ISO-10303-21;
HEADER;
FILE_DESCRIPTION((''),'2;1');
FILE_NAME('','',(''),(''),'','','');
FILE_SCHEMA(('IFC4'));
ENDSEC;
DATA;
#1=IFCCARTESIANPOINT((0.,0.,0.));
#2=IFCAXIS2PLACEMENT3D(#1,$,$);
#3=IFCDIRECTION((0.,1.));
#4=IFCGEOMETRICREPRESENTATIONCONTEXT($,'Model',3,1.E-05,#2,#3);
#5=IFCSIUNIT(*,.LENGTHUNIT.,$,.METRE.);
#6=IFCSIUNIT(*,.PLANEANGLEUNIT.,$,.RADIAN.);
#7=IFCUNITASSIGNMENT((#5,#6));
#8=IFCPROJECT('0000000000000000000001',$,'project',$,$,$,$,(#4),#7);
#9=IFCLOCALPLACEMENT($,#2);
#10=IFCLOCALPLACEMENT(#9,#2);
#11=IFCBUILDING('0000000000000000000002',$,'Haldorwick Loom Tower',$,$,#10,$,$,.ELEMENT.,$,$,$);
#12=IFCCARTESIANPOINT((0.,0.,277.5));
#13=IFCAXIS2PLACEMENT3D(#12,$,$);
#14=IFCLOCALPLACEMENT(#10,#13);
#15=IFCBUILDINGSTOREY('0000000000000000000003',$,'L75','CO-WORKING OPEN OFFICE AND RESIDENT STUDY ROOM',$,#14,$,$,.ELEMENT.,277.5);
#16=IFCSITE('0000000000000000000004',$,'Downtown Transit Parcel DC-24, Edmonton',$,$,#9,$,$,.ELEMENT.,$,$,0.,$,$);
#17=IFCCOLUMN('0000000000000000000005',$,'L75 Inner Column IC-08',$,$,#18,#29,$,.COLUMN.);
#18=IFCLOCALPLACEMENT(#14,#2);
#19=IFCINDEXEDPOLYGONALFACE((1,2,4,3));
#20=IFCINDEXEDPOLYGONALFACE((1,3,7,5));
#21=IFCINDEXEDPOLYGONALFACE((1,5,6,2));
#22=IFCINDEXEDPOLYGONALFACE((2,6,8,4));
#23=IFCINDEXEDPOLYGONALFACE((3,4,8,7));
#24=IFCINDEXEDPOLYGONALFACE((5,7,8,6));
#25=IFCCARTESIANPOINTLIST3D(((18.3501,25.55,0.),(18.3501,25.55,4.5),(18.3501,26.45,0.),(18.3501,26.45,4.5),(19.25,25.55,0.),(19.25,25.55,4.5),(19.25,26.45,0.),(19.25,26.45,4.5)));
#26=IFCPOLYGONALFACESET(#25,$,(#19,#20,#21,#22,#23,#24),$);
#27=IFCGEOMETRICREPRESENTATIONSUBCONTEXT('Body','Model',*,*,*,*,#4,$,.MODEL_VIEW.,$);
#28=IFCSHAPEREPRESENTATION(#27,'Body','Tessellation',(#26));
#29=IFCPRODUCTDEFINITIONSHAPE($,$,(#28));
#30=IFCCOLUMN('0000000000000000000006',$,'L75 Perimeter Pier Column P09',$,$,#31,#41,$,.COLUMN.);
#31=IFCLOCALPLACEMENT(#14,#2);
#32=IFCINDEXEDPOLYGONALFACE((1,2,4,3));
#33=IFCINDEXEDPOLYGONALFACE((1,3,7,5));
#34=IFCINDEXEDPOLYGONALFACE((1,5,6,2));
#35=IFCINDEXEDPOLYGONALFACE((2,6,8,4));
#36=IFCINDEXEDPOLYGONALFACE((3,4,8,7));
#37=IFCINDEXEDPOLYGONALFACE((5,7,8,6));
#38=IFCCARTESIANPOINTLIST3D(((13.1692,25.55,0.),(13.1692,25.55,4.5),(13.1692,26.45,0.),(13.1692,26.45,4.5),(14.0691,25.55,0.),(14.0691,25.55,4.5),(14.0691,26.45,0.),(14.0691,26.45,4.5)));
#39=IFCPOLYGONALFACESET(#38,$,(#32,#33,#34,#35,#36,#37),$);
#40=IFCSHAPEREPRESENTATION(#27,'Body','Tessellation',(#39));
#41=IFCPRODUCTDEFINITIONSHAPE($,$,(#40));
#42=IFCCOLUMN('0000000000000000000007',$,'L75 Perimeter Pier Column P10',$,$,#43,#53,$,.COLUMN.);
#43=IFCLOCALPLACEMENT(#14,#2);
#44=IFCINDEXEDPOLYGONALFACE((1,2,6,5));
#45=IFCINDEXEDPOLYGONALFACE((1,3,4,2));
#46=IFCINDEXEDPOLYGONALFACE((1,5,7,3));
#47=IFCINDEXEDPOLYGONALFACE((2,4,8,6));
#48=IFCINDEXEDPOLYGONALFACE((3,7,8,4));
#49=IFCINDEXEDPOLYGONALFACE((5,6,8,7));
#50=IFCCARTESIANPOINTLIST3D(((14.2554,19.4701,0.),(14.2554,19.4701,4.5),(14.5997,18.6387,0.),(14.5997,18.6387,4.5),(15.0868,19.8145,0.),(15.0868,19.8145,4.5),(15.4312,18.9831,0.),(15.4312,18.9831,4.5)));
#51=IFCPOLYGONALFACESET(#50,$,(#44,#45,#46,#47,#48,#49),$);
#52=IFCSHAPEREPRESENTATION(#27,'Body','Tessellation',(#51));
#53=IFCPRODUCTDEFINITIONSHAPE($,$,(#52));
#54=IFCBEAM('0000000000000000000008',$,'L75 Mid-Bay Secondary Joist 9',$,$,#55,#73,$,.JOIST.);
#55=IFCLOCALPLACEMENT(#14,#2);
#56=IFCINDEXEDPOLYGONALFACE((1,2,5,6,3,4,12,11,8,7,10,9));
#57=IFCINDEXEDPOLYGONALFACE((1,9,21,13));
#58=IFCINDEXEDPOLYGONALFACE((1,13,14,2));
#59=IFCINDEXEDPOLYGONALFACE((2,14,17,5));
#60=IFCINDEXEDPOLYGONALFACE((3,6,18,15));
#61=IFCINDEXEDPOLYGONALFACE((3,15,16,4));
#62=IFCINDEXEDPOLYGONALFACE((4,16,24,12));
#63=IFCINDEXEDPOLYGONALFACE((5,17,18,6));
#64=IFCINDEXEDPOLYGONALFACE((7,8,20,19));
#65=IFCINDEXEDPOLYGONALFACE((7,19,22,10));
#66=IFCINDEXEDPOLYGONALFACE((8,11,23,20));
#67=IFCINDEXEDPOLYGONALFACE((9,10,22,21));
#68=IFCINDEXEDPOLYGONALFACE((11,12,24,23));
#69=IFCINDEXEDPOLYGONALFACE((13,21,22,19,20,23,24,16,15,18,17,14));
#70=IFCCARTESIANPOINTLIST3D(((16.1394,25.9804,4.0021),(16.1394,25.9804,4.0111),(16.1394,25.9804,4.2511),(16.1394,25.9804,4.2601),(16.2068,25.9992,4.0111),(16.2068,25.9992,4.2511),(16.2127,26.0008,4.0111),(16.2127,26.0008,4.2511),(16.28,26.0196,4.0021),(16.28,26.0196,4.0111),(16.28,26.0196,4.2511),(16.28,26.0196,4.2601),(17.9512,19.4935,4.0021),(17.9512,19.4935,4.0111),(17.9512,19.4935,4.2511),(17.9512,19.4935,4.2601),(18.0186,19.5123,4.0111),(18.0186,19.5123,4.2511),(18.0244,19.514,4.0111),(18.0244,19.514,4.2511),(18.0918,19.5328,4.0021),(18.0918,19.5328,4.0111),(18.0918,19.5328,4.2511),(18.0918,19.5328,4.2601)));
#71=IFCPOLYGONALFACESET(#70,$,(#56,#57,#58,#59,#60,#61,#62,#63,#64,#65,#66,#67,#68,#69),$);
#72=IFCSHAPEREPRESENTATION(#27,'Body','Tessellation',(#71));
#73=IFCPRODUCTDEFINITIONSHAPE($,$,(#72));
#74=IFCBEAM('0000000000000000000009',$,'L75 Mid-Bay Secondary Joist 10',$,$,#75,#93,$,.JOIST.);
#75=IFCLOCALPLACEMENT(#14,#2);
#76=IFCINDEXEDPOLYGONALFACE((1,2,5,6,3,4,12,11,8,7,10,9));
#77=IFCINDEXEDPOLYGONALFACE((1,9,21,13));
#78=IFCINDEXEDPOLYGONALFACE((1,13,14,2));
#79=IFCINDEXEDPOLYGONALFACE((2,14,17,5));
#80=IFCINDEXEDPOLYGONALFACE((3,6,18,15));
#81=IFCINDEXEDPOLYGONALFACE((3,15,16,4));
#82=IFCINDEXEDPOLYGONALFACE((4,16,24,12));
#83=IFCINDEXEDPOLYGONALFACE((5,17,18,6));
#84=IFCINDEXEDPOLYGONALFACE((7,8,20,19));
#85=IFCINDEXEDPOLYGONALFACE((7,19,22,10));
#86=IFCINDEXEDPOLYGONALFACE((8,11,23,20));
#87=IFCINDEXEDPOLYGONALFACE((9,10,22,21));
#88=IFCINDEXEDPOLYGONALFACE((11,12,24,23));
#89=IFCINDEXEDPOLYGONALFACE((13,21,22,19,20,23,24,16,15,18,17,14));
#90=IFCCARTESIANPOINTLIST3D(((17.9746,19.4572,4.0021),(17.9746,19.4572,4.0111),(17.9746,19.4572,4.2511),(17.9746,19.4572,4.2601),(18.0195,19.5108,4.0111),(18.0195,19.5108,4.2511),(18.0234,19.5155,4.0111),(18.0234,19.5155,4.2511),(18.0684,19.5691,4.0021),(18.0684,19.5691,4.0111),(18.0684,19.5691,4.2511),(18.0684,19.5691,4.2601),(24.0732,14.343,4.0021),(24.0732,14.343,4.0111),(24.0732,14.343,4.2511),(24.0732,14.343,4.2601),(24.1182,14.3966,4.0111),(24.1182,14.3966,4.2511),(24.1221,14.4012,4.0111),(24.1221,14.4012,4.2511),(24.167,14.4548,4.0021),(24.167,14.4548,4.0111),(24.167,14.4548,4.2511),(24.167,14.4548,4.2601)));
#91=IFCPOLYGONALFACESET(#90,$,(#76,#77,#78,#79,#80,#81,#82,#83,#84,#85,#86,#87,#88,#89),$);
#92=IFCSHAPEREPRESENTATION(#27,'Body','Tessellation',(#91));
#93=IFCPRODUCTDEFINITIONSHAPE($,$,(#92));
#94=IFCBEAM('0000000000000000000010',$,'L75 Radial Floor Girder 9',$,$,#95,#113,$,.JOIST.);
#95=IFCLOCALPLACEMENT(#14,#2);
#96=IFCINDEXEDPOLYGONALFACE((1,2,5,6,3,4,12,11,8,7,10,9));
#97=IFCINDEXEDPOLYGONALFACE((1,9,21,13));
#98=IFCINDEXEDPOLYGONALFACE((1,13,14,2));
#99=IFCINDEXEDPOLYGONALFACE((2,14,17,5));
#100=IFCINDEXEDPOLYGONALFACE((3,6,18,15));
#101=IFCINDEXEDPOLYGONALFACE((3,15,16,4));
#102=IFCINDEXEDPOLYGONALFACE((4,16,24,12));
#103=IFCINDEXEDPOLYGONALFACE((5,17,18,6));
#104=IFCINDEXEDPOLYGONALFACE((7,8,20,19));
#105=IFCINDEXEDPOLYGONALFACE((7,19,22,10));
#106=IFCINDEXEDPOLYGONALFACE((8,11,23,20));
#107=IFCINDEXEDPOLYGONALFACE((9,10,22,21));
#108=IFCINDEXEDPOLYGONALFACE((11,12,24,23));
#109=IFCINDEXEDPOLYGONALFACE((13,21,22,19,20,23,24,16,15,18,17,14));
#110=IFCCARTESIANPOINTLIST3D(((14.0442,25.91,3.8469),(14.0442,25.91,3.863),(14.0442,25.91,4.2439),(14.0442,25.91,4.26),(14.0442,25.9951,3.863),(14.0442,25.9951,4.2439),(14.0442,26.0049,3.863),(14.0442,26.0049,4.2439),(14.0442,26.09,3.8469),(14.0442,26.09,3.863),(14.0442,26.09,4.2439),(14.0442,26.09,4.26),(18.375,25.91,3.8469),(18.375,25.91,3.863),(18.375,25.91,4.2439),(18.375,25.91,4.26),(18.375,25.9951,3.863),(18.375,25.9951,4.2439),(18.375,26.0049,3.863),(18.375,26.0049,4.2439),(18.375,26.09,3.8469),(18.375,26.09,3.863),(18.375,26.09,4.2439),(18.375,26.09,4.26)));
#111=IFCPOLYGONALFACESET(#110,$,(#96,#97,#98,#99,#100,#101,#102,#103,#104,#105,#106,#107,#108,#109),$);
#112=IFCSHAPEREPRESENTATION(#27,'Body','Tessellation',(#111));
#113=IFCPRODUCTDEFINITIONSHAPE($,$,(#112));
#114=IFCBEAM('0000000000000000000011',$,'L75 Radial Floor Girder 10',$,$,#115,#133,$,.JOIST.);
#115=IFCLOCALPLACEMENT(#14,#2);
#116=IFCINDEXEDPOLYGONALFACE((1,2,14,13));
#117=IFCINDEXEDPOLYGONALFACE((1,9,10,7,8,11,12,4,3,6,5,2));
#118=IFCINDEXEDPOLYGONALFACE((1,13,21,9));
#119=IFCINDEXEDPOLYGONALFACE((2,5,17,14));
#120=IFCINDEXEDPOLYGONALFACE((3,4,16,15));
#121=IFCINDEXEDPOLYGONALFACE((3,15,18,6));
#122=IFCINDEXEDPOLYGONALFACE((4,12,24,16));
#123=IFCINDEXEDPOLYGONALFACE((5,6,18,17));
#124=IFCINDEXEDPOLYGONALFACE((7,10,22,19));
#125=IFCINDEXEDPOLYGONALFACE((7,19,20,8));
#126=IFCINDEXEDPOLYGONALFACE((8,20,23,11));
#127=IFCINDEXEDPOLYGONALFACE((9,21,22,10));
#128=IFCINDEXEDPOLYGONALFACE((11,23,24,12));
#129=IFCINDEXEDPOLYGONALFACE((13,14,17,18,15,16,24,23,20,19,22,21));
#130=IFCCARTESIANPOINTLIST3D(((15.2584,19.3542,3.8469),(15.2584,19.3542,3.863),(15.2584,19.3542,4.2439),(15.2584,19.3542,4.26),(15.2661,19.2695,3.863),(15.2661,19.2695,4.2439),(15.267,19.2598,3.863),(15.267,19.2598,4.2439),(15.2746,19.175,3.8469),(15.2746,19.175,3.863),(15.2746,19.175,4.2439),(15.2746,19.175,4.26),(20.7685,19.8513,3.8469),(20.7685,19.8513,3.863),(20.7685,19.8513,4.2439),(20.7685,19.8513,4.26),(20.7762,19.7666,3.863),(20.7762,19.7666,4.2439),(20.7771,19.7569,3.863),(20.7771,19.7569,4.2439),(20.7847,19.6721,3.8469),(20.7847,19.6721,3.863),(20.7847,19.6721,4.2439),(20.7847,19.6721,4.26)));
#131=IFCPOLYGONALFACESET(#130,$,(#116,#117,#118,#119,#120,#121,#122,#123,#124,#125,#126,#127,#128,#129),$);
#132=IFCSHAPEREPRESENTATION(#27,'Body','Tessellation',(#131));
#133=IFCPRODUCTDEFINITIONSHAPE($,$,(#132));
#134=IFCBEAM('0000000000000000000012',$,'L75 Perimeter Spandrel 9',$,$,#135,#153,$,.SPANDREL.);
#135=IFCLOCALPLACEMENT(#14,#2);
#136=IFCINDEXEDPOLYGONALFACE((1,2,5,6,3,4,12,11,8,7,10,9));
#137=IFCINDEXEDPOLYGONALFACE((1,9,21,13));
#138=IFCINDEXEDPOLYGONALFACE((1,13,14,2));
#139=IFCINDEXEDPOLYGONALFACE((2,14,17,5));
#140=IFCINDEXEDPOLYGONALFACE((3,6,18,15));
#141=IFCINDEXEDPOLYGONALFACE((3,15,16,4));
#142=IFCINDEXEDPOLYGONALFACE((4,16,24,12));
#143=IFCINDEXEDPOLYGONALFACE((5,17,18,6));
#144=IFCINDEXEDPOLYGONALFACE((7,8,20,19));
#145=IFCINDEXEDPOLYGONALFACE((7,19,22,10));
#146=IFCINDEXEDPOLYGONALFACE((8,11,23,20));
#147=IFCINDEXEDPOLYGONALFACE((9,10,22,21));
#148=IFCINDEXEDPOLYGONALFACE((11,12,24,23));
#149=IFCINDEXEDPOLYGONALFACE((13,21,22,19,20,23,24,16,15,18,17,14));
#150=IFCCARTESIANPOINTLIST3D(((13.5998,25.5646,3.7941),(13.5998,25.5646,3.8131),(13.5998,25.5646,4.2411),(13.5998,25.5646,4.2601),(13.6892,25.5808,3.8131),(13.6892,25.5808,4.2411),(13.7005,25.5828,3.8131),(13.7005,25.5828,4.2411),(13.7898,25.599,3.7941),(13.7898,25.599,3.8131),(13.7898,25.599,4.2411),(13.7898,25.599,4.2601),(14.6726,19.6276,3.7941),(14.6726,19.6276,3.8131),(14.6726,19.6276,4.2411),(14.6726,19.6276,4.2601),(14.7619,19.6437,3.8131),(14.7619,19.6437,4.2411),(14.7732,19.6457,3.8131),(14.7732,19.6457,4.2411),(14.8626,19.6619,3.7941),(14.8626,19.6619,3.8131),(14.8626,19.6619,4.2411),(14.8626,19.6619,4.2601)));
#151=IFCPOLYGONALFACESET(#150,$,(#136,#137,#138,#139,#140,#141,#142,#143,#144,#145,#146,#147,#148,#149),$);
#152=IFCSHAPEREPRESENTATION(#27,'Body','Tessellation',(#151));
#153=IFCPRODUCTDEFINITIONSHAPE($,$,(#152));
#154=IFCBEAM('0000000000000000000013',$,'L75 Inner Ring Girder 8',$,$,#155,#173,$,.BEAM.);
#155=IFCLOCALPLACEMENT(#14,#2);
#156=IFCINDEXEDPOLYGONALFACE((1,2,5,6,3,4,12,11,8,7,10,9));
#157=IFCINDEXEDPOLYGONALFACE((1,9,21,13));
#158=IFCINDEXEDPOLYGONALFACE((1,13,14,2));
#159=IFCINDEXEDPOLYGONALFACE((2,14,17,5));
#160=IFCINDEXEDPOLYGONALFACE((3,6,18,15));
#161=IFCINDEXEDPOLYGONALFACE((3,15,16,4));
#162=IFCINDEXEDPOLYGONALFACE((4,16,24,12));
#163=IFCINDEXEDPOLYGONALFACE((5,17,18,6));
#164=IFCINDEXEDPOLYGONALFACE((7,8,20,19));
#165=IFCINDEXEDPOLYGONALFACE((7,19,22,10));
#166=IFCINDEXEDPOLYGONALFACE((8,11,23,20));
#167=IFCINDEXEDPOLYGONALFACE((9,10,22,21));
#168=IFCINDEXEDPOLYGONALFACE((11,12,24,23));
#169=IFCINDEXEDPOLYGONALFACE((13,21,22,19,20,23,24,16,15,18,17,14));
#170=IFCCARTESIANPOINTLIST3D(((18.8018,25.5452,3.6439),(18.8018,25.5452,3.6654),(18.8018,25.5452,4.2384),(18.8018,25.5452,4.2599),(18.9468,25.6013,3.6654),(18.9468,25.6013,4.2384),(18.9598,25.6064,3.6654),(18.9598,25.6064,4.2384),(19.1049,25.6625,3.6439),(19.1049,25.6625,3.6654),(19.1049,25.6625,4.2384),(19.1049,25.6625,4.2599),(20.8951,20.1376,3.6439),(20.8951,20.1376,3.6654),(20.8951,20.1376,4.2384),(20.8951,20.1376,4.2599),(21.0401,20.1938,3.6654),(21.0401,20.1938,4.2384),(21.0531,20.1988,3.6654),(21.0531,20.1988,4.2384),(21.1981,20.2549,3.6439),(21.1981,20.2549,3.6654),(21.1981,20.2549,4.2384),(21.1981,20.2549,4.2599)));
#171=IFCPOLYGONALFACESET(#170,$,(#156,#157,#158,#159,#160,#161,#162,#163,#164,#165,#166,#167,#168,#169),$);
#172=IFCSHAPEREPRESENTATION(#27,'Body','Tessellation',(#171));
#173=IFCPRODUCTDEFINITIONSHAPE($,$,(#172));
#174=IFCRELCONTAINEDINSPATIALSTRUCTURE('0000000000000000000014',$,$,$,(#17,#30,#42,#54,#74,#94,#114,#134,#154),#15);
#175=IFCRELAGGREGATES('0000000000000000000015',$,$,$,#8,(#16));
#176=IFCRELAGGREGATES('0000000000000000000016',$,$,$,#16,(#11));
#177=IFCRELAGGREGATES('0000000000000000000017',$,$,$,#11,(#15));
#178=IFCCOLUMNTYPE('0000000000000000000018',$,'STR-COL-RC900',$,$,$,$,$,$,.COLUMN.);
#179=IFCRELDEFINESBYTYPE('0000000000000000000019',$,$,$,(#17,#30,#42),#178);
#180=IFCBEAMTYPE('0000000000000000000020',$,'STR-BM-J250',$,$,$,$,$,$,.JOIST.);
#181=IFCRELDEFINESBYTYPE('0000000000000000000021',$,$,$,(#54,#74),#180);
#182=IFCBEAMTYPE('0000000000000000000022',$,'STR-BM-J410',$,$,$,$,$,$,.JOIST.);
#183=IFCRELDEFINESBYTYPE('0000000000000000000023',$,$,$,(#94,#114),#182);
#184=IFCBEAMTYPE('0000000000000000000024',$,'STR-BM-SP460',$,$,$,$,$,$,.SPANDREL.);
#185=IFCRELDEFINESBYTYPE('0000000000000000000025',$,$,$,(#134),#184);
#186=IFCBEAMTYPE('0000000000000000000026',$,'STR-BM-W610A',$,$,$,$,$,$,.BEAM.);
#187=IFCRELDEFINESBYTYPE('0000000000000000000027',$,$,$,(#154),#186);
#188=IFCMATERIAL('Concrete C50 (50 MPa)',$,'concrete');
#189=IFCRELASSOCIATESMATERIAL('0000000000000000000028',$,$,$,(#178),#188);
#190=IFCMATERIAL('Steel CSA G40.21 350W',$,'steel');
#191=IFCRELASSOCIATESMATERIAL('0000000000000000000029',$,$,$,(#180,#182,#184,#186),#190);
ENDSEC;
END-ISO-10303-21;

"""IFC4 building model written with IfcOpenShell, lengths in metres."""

from ifc_helpers import new_model, si_unit, direction, frame, origin, origin_2d, place, context, subcontext, project, spatial, rectangle, i_section, extrude, material, material_profile, profile_set, type_object, element, save


model = new_model("IFC4")

# Units and contexts
model_context = context("Model", 3, precision=1e-05, world=origin(), true_north=direction((0.0, 1.0)))
body_context = subcontext(model_context, "Body", "Model", "MODEL_VIEW")
ifc_project = project(units=[si_unit("LENGTHUNIT", "METRE"), si_unit("PLANEANGLEUNIT", "RADIAN")], contexts=[model_context])

# Site, building, storey
site_placement = place(None, origin())
site = spatial("IfcSite", under=ifc_project, at=site_placement, Name="Downtown Transit Parcel DC-24, Edmonton", CompositionType="ELEMENT", RefElevation=0.0)
building_placement = place(site_placement, origin())
building = spatial("IfcBuilding", under=site, at=building_placement, Name="Haldorwick Loom Tower", CompositionType="ELEMENT")
storey_placement = place(building_placement, frame((0.0, 0.0, 277.5)))
storey = spatial("IfcBuildingStorey", under=building, at=storey_placement, Name="L75", Description="CO-WORKING OPEN OFFICE AND RESIDENT STUDY ROOM", CompositionType="ELEMENT", Elevation=277.5)

# Columns
ifc_material_1 = material(Name="Concrete C50 (50 MPa)", Category="concrete")
ifc_material_profile_1 = material_profile(ifc_material_1, rectangle(XDim=0.8999, YDim=0.8999, at=origin_2d()), Name="RC900X900", Category="concrete")
ifc_profile_set_1 = profile_set([ifc_material_profile_1], Name="Concrete C50 (50 MPa)")
column_type = type_object("IfcColumnType", Name="STR-COL-RC900", PredefinedType="COLUMN", material=ifc_profile_set_1)
for number, where, z_axis, x_axis, name in (
    (1, (18.8, 26.0, 0.0), (0.0, 0.0, 1.0), (1.0, 0.0, 0.0), "L75 Inner Column IC-08"),
    (2, (13.6191, 26.0, 0.0), (0.0, 0.0, 1.0), (-1.0, 0.0, 0.0), "L75 Perimeter Pier Column P09"),
    (3, (14.8433, 19.2266, 0.0), (0.0, 0.0, 1.0), (-0.92388, -0.382683, 0.0), "L75 Perimeter Pier Column P10"),
):
    element("IfcColumn", number, at=place(storey_placement, frame(where, z_axis=z_axis, x_axis=x_axis)), inside=storey, type_object=column_type, Name=name, PredefinedType="COLUMN", context=body_context, shape_type="SweptSolid", body=[
        extrude(rectangle(XDim=0.8999, YDim=0.8999, at=origin_2d()), origin(), (0.0, 0.0, 1.0), 4.5),
    ])

# Beams
ifc_material_2 = material(Name="Steel CSA G40.21 350W", Category="steel")
ifc_material_profile_2 = material_profile(ifc_material_2, i_section(OverallWidth=0.146, OverallDepth=0.2581, WebThickness=0.0061, FlangeThickness=0.009, at=origin_2d()), Name="W250X33", Category="steel")
ifc_profile_set_2 = profile_set([ifc_material_profile_2], Name="Steel CSA G40.21 350W")
beam_type_1 = type_object("IfcBeamType", Name="STR-BM-J250", PredefinedType="JOIST", material=ifc_profile_set_2)
beam_1_placement = place(storey_placement, frame((16.2097, 26.0, 4.1311), z_axis=(0.269005, -0.963139, 0.0), x_axis=(0.963139, 0.269005, 0.0)))
element("IfcBeam", 4, at=beam_1_placement, inside=storey, type_object=beam_type_1, Name="L75 Mid-Bay Secondary Joist 9", PredefinedType="JOIST", context=body_context, shape_type="SweptSolid", body=[
    extrude(i_section(OverallWidth=0.146, OverallDepth=0.2581, WebThickness=0.0061, FlangeThickness=0.009, at=origin_2d()), origin(), (0.0, 0.0, 1.0), 6.7351),
])
beam_2_placement = place(storey_placement, frame((18.0215, 19.5132, 4.1311), z_axis=(0.766236, -0.642559, 0.0), x_axis=(0.642559, 0.766236, 0.0)))
element("IfcBeam", 5, at=beam_2_placement, inside=storey, type_object=beam_type_1, Name="L75 Mid-Bay Secondary Joist 10", PredefinedType="JOIST", context=body_context, shape_type="SweptSolid", body=[
    extrude(i_section(OverallWidth=0.146, OverallDepth=0.2581, WebThickness=0.0061, FlangeThickness=0.009, at=origin_2d()), origin(), (0.0, 0.0, 1.0), 7.9592),
])
ifc_material_profile_3 = material_profile(ifc_material_2, i_section(OverallWidth=0.1799, OverallDepth=0.4131, WebThickness=0.0098, FlangeThickness=0.0161, at=origin_2d()), Name="W410X74", Category="steel")
ifc_profile_set_3 = profile_set([ifc_material_profile_3], Name="Steel CSA G40.21 350W")
beam_type_2 = type_object("IfcBeamType", Name="STR-BM-J410", PredefinedType="JOIST", material=ifc_profile_set_3)
beam_3_placement = place(storey_placement, frame((18.375, 26.0, 4.0535), z_axis=(-1.0, 0.0, 0.0), x_axis=(0.0, -1.0, 0.0)))
element("IfcBeam", 6, at=beam_3_placement, inside=storey, type_object=beam_type_2, Name="L75 Radial Floor Girder 9", PredefinedType="JOIST", context=body_context, shape_type="SweptSolid", body=[
    extrude(i_section(OverallWidth=0.1799, OverallDepth=0.4131, WebThickness=0.0098, FlangeThickness=0.0161, at=origin_2d()), origin(), (0.0, 0.0, 1.0), 4.3308),
])
beam_4_placement = place(storey_placement, frame((20.7766, 19.7617, 4.0535), z_axis=(-0.995956, -0.089847, 0.0), x_axis=(0.089847, -0.995956, 0.0)))
element("IfcBeam", 7, at=beam_4_placement, inside=storey, type_object=beam_type_2, Name="L75 Radial Floor Girder 10", PredefinedType="JOIST", context=body_context, shape_type="SweptSolid", body=[
    extrude(i_section(OverallWidth=0.1799, OverallDepth=0.4131, WebThickness=0.0098, FlangeThickness=0.0161, at=origin_2d()), origin(), (0.0, 0.0, 1.0), 5.5325),
])
ifc_material_profile_4 = material_profile(ifc_material_2, i_section(OverallWidth=0.1931, OverallDepth=0.4661, WebThickness=0.0115, FlangeThickness=0.019, at=origin_2d()), Name="W460X97", Category="steel")
ifc_profile_set_4 = profile_set([ifc_material_profile_4], Name="Steel CSA G40.21 350W")
beam_type_3 = type_object("IfcBeamType", Name="STR-BM-SP460", PredefinedType="SPANDREL", material=ifc_profile_set_4)
beam_5_placement = place(storey_placement, frame((13.6948, 25.5818, 4.0271), z_axis=(0.17781, -0.984065, 0.0), x_axis=(0.984065, 0.17781, 0.0)))
element("IfcBeam", 8, at=beam_5_placement, inside=storey, type_object=beam_type_3, Name="L75 Perimeter Spandrel 9", PredefinedType="SPANDREL", context=body_context, shape_type="SweptSolid", body=[
    extrude(i_section(OverallWidth=0.1931, OverallDepth=0.4661, WebThickness=0.0115, FlangeThickness=0.019, at=origin_2d()), origin(), (0.0, 0.0, 1.0), 6.0332),
])
ifc_material_profile_5 = material_profile(ifc_material_2, i_section(OverallWidth=0.325, OverallDepth=0.616, WebThickness=0.0139, FlangeThickness=0.0215, at=origin_2d()), Name="W610X174", Category="steel")
ifc_profile_set_5 = profile_set([ifc_material_profile_5], Name="Steel CSA G40.21 350W")
beam_type_4 = type_object("IfcBeamType", Name="STR-BM-W610A", PredefinedType="BEAM", material=ifc_profile_set_5)
beam_6_placement = place(storey_placement, frame((21.0466, 20.1963, 3.9519), z_axis=(-0.361001, 0.932565, 0.0), x_axis=(-0.932565, -0.361001, 0.0)))
element("IfcBeam", 9, at=beam_6_placement, inside=storey, type_object=beam_type_4, Name="L75 Inner Ring Girder 8", PredefinedType="BEAM", context=body_context, shape_type="SweptSolid", body=[
    extrude(i_section(OverallWidth=0.325, OverallDepth=0.616, WebThickness=0.0139, FlangeThickness=0.0215, at=origin_2d()), origin(), (0.0, 0.0, 1.0), 5.7986),
])

save(model, "model.ifc")
